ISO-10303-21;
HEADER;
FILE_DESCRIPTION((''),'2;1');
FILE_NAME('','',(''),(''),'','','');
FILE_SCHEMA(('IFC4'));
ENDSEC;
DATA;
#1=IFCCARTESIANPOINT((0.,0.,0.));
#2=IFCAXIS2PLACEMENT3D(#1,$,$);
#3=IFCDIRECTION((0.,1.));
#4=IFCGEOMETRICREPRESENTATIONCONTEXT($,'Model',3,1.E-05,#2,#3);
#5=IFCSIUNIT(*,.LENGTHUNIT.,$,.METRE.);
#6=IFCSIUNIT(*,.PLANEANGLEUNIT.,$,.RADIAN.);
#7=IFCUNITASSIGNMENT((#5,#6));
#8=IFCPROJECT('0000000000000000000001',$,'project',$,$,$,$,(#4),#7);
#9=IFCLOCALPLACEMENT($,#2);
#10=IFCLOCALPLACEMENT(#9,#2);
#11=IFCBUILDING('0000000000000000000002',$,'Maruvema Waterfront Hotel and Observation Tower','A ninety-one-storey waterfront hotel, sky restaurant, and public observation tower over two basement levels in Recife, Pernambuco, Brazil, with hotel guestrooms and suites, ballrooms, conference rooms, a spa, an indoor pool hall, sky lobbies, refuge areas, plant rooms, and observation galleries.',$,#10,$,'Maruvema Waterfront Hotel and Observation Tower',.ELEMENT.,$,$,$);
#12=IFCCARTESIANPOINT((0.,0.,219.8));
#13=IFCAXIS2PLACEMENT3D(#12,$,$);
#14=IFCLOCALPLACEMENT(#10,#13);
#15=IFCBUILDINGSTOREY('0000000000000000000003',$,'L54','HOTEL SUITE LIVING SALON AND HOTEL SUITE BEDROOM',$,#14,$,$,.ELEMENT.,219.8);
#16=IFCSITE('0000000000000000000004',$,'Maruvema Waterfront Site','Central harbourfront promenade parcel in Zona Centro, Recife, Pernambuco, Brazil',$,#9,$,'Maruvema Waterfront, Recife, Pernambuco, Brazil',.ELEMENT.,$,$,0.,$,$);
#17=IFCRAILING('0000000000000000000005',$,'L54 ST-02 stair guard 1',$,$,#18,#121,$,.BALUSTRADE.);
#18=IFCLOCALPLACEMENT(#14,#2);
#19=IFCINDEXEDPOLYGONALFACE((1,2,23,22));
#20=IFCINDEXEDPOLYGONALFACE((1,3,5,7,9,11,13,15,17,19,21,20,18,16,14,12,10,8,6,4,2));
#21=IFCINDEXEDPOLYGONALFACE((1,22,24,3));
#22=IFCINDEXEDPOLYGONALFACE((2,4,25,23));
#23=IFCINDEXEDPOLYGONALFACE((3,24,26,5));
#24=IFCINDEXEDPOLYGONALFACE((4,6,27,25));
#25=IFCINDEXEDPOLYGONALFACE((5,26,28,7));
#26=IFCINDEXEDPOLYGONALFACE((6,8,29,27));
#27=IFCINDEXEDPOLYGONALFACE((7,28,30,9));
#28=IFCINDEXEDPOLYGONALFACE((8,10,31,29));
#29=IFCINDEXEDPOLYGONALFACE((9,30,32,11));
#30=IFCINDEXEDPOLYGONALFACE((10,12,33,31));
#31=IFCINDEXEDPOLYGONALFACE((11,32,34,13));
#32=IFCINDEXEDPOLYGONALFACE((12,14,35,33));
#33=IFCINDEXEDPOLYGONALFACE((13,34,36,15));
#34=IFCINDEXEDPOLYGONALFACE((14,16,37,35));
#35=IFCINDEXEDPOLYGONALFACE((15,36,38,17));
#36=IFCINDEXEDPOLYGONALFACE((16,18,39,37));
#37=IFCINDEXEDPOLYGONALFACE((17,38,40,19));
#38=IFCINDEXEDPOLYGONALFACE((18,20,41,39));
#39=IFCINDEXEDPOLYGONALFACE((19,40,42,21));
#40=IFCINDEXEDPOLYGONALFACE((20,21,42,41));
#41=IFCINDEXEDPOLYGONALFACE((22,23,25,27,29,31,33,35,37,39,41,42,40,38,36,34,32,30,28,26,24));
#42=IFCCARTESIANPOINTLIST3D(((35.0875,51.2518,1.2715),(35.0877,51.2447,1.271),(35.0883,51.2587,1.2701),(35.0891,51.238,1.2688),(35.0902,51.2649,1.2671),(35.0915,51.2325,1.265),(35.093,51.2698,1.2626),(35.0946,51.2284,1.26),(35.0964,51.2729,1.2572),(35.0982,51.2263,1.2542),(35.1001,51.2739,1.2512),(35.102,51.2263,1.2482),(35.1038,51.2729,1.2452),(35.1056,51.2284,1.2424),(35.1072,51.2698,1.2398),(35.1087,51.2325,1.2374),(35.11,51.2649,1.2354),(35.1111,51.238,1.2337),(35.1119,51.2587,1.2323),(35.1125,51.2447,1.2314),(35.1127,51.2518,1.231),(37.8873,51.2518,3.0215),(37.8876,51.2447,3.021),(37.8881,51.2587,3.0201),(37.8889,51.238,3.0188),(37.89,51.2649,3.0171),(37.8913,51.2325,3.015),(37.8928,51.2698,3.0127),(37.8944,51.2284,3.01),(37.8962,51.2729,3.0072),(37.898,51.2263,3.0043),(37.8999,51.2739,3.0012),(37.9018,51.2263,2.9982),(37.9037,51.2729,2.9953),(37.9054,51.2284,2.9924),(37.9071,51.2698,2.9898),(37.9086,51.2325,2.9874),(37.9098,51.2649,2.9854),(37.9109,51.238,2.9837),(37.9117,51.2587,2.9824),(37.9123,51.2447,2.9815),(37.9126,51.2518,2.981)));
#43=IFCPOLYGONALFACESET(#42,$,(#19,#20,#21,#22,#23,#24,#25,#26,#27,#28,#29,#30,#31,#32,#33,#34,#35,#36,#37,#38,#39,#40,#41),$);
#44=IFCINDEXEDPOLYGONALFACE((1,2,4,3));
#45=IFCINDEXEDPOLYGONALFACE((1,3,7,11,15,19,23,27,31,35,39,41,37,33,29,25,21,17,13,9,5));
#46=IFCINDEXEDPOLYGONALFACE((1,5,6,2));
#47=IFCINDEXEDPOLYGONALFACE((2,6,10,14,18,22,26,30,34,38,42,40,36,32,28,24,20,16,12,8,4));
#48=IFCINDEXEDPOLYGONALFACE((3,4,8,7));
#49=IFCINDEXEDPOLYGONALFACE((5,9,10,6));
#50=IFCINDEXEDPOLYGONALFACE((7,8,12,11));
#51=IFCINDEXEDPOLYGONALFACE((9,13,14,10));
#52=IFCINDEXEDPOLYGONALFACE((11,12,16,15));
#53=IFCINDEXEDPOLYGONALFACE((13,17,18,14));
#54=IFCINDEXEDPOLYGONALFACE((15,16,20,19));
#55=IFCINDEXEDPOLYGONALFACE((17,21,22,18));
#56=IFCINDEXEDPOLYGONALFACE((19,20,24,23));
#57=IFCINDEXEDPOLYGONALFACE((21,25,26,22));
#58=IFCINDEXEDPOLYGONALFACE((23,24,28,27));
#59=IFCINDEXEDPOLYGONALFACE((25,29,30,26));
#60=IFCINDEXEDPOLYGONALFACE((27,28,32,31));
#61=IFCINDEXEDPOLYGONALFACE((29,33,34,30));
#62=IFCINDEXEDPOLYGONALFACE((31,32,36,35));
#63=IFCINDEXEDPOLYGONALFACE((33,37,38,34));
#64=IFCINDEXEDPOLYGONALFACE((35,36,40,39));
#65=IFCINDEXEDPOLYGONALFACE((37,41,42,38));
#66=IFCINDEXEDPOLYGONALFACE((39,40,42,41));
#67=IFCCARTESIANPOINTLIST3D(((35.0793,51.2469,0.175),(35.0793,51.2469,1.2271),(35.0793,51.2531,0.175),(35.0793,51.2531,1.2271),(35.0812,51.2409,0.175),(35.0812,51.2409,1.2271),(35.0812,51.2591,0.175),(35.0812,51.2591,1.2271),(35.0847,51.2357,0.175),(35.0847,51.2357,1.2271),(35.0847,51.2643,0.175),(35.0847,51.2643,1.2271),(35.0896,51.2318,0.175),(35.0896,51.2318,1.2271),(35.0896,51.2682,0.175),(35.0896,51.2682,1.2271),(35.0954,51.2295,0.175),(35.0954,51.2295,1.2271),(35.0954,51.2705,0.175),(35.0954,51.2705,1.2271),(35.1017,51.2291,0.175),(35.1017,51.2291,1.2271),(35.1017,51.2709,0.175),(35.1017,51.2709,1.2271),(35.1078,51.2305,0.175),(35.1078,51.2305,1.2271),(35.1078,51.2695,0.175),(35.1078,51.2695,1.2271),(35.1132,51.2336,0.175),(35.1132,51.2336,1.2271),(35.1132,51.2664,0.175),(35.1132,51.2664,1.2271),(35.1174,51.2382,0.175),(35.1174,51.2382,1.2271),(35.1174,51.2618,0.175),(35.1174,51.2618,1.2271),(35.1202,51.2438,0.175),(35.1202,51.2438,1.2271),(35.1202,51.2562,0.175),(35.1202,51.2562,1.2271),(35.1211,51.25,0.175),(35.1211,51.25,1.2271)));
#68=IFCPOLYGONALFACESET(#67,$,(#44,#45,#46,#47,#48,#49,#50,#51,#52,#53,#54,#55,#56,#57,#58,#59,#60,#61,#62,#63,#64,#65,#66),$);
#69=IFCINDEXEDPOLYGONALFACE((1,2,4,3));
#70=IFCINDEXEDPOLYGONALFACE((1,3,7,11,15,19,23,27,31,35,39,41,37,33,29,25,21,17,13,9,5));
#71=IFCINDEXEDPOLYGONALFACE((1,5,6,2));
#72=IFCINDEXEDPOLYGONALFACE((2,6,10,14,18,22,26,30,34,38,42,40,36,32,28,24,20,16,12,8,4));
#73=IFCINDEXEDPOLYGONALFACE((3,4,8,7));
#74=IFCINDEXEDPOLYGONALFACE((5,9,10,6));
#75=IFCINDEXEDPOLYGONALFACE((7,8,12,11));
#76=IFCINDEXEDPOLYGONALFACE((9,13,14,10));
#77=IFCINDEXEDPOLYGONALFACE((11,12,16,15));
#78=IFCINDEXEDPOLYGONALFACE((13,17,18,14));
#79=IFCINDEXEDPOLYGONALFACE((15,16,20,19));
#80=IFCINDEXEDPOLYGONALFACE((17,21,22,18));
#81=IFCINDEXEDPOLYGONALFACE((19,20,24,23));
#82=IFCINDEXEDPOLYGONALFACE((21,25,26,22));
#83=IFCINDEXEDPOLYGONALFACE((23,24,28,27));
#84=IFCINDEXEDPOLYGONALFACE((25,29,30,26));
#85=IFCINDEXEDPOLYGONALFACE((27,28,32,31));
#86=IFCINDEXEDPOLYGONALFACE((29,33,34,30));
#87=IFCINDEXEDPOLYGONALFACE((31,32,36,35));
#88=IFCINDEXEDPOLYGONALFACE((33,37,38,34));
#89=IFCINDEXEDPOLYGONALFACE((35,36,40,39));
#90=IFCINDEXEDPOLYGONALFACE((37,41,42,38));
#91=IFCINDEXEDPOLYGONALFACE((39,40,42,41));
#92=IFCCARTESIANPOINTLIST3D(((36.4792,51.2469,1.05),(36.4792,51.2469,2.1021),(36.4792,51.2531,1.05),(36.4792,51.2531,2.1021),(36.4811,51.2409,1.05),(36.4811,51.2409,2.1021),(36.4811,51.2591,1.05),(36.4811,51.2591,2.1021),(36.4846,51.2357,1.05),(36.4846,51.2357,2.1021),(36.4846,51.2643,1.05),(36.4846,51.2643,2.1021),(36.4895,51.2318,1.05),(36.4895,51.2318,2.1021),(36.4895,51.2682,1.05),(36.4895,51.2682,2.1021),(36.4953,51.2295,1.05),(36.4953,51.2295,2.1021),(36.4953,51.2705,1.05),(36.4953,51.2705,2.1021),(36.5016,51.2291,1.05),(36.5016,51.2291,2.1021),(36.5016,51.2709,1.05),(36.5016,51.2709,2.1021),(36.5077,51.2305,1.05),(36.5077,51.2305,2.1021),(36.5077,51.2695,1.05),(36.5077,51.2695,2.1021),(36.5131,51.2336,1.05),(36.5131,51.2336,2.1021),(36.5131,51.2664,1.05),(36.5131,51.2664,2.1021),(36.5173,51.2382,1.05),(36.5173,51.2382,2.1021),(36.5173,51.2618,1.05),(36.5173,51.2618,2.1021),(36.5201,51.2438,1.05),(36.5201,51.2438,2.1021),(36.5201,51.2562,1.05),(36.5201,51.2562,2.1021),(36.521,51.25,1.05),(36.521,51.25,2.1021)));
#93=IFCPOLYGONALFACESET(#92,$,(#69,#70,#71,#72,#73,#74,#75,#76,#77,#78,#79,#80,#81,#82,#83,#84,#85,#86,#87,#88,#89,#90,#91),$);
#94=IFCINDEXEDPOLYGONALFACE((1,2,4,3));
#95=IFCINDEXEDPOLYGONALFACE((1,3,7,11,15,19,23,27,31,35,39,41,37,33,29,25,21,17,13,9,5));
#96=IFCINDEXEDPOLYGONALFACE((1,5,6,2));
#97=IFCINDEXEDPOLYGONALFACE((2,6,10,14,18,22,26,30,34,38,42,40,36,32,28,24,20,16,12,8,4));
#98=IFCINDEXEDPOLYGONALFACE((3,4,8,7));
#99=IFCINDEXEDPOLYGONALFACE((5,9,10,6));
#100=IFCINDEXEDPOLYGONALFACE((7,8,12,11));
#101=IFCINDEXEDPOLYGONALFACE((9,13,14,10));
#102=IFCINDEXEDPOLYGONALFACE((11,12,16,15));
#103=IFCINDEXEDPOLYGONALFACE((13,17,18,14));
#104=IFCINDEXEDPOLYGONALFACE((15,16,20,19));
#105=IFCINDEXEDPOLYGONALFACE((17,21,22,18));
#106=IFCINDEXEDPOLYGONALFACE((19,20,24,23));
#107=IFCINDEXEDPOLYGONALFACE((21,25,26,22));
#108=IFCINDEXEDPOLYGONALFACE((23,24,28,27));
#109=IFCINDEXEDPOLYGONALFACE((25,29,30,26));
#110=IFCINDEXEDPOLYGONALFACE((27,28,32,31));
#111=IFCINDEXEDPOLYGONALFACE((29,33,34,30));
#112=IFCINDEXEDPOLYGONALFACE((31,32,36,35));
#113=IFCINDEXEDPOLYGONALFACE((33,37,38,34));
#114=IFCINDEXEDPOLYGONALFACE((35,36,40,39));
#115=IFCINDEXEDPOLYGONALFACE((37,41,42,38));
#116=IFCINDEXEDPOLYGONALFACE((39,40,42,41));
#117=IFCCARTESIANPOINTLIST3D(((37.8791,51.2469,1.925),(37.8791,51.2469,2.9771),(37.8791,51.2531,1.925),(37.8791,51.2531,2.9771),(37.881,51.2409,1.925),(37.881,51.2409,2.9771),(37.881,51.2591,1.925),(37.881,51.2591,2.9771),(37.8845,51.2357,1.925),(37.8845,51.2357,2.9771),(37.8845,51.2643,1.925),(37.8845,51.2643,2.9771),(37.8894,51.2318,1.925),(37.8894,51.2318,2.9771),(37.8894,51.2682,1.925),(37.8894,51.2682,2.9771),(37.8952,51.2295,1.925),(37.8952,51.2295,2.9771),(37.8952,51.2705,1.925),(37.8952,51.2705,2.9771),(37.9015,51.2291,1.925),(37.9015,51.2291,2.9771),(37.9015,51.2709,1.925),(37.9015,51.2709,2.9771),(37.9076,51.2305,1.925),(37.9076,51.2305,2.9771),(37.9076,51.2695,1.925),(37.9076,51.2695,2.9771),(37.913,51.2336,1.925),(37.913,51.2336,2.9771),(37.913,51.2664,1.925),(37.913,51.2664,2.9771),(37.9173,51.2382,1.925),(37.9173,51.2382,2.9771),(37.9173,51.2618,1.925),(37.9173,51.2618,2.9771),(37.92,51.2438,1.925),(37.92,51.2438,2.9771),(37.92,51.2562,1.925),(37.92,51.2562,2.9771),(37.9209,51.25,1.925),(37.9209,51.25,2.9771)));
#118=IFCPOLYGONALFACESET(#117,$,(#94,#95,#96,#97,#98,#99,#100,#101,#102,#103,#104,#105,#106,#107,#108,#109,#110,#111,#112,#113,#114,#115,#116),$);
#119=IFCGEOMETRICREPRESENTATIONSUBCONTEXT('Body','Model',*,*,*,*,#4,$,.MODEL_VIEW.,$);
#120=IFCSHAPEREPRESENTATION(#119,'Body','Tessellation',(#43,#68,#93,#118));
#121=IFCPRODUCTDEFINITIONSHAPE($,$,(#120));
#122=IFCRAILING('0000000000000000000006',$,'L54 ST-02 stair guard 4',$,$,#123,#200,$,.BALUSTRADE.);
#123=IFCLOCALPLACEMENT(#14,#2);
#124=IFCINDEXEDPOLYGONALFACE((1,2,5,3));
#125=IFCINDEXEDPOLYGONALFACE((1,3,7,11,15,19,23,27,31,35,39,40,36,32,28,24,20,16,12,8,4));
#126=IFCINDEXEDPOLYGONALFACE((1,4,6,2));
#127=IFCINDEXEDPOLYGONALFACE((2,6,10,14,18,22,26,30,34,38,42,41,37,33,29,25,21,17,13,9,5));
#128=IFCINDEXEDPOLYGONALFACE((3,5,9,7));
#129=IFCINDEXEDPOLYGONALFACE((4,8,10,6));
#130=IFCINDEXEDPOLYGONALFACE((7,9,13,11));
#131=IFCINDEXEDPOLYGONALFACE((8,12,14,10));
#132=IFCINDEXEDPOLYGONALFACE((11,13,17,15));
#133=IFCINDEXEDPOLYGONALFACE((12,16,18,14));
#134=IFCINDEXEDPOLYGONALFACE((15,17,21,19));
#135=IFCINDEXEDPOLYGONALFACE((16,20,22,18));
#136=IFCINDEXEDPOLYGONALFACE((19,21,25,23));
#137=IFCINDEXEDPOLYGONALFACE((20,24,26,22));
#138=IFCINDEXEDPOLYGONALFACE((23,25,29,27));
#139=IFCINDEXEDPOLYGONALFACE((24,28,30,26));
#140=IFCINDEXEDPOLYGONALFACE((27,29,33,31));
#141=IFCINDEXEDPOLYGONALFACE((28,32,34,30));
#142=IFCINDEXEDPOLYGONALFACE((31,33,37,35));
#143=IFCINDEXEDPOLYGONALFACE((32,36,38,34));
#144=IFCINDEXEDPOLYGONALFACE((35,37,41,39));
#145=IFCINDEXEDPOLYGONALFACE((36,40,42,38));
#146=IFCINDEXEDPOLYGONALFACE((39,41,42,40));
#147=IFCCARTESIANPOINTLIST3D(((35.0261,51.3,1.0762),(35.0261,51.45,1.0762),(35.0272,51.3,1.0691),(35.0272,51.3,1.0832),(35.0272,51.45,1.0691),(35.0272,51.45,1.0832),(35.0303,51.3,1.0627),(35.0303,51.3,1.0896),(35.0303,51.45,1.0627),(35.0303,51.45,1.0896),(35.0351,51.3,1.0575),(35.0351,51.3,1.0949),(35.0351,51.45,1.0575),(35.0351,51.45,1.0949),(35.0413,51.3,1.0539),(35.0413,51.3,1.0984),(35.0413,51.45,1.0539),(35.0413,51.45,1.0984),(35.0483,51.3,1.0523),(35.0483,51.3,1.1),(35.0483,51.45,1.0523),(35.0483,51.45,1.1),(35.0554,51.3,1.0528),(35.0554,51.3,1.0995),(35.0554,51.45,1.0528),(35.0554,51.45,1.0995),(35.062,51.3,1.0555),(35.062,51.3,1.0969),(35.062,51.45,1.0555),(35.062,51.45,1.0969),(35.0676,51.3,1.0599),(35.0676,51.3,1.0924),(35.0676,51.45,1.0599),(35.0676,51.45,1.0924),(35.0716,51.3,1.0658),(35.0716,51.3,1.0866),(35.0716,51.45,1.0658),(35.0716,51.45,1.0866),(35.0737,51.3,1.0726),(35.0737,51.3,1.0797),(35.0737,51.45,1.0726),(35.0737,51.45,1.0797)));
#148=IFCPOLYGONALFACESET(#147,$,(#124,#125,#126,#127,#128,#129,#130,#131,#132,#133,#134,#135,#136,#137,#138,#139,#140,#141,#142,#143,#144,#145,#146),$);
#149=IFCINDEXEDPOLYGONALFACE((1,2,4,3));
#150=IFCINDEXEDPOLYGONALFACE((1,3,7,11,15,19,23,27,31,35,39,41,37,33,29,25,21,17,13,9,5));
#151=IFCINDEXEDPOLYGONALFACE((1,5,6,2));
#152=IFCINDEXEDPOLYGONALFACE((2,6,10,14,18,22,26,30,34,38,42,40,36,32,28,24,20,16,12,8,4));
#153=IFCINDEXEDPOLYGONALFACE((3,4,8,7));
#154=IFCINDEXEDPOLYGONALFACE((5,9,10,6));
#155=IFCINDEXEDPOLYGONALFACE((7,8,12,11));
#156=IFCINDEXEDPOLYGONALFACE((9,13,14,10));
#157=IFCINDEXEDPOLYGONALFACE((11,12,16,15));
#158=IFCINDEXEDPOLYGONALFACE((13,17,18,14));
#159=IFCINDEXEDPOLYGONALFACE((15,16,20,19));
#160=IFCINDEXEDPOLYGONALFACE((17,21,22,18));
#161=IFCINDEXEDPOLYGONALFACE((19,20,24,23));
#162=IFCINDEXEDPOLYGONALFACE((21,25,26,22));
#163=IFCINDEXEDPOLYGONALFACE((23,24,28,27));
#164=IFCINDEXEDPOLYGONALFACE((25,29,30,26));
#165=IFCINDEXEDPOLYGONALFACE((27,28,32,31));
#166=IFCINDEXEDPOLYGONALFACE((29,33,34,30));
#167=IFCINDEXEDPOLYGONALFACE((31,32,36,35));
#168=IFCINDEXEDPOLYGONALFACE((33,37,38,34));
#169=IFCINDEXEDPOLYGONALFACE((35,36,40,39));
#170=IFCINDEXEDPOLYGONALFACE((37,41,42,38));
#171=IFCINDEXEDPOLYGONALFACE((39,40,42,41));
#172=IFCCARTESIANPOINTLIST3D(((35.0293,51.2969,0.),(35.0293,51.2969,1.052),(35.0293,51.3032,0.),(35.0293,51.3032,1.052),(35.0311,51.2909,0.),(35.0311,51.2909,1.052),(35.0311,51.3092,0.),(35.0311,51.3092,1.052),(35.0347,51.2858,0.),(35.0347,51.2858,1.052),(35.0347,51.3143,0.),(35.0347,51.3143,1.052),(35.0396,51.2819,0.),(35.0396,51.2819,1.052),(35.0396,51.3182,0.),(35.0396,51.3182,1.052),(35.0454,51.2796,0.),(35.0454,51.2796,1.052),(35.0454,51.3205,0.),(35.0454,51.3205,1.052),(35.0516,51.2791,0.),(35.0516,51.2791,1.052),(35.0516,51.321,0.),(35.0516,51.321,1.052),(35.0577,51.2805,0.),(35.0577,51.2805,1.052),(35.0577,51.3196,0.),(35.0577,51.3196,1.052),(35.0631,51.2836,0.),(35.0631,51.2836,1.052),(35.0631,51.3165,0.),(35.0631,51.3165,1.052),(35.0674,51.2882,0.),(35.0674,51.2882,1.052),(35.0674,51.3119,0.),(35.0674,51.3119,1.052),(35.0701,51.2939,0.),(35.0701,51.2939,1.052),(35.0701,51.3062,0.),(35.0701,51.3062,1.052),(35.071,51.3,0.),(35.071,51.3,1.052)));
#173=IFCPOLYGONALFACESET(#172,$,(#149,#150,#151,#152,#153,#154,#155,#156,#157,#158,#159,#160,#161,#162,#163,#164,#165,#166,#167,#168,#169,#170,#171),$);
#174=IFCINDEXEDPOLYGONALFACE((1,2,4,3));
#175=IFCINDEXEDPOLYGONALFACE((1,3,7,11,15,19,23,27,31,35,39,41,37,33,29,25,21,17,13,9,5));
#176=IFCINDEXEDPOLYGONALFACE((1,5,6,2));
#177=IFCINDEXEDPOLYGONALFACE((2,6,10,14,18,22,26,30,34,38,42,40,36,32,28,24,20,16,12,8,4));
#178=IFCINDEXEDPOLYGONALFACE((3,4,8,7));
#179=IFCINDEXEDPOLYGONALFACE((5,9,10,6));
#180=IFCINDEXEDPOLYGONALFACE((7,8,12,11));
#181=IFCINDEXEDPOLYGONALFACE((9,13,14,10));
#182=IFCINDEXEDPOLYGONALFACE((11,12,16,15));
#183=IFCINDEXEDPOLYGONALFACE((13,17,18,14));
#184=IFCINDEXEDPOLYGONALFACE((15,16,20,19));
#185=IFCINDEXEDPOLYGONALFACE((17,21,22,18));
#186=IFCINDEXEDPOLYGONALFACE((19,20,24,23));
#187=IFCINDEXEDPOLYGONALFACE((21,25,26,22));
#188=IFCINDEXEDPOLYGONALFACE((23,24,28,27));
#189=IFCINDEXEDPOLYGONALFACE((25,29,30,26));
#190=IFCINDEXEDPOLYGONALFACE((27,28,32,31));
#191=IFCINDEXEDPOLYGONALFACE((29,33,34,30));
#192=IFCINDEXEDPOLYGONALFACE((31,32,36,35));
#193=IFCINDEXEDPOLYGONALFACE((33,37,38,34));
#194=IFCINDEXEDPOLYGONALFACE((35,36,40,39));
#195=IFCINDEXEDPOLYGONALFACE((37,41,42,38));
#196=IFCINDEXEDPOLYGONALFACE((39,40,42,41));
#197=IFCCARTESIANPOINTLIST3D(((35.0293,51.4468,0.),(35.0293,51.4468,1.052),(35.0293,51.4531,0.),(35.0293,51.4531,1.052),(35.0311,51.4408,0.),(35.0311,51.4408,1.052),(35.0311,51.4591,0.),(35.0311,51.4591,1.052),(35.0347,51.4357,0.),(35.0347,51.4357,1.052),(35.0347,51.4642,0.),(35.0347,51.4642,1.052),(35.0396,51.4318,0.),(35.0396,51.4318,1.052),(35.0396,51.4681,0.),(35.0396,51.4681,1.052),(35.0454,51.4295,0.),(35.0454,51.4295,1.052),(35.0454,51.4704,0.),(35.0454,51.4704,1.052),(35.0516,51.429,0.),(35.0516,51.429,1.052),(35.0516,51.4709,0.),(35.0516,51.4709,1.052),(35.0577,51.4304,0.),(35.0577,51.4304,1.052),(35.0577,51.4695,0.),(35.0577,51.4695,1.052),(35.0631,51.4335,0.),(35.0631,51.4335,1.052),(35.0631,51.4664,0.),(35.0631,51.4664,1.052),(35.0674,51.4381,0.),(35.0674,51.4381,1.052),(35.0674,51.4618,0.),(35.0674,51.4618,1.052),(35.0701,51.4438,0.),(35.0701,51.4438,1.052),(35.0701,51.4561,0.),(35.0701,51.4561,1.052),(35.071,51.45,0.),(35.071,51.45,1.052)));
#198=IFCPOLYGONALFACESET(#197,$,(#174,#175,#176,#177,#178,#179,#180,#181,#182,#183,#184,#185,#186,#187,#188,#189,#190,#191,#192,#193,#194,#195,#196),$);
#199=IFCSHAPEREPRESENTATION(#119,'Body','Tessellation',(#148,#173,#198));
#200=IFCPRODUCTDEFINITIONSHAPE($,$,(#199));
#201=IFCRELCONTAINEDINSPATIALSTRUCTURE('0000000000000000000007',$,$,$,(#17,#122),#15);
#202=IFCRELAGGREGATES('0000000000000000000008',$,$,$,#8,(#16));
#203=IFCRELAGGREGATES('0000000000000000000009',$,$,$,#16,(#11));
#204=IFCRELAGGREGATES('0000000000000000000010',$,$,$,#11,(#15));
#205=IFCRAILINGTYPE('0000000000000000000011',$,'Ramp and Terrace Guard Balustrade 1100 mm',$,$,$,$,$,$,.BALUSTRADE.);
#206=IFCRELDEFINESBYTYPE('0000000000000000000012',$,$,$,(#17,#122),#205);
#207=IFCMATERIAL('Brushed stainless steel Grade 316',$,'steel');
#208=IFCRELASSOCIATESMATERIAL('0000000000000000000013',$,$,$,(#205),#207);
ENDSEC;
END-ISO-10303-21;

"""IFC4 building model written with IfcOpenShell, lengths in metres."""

from ifc_helpers import new_model, si_unit, direction, frame, origin, origin_2d, place, context, subcontext, project, spatial, circle, extrude, material, type_object, element, save


model = new_model("IFC4")

# Units and contexts
model_context = context("Model", 3, precision=1e-05, world=origin(), true_north=direction((0.0, 1.0)))
body_context = subcontext(model_context, "Body", "Model", "MODEL_VIEW")
ifc_project = project(units=[si_unit("LENGTHUNIT", "METRE"), si_unit("PLANEANGLEUNIT", "RADIAN")], contexts=[model_context])

# Site, building, storey
site_placement = place(None, origin())
site = spatial("IfcSite", under=ifc_project, at=site_placement, Name="Maruvema Waterfront Site", Description="Central harbourfront promenade parcel in Zona Centro, Recife, Pernambuco, Brazil", LongName="Maruvema Waterfront, Recife, Pernambuco, Brazil", CompositionType="ELEMENT", RefElevation=0.0)
building_placement = place(site_placement, origin())
building = spatial("IfcBuilding", under=site, at=building_placement, Name="Maruvema Waterfront Hotel and Observation Tower", Description="A ninety-one-storey waterfront hotel, sky restaurant, and public observation tower over two basement levels in Recife, Pernambuco, Brazil, with hotel guestrooms and suites, ballrooms, conference rooms, a spa, an indoor pool hall, sky lobbies, refuge areas, plant rooms, and observation galleries.", LongName="Maruvema Waterfront Hotel and Observation Tower", CompositionType="ELEMENT")
storey_placement = place(building_placement, frame((0.0, 0.0, 219.8)))
storey = spatial("IfcBuildingStorey", under=building, at=storey_placement, Name="L54", Description="HOTEL SUITE LIVING SALON AND HOTEL SUITE BEDROOM", CompositionType="ELEMENT", Elevation=219.8)

# Railings
ifc_material_1 = material(Name="Brushed stainless steel Grade 316", Category="steel")
railing_type_1 = type_object("IfcRailingType", Name="Ramp and Terrace Guard Balustrade 1100 mm", PredefinedType="BALUSTRADE", material=ifc_material_1)
railing_1_placement = place(storey_placement, frame((35.1001, 51.25, 0.175)))
element("IfcRailing", 1, at=railing_1_placement, inside=storey, type_object=railing_type_1, Name="L54 ST-02 stair guard 1", PredefinedType="BALUSTRADE", context=body_context, shape_type="SweptSolid", body=[
    extrude(circle(Radius=0.0239, at=origin_2d()), frame((0.0, 0.0, 1.0762), z_axis=(0.847982, 0.0, 0.530026), x_axis=(0.0, 1.0, 0.0)), (0.0, 0.0, 1.0), 3.3018),
    extrude(circle(Radius=0.021, at=origin_2d()), origin(), (0.0, 0.0, 1.0), 1.052),
    extrude(circle(Radius=0.021, at=origin_2d()), frame((1.3999, 0.0, 0.875)), (0.0, 0.0, 1.0), 1.052),
    extrude(circle(Radius=0.021, at=origin_2d()), frame((2.7998, 0.0, 1.75)), (0.0, 0.0, 1.0), 1.052),
])
railing_2_placement = place(storey_placement, frame((35.05, 51.3, 0.0)))
element("IfcRailing", 2, at=railing_2_placement, inside=storey, type_object=railing_type_1, Name="L54 ST-02 stair guard 4", PredefinedType="BALUSTRADE", context=body_context, shape_type="SweptSolid", body=[
    extrude(circle(Radius=0.0239, at=origin_2d()), frame((0.0, 0.0, 1.0762), z_axis=(0.0, 1.0, 0.0), x_axis=(-1.0, 0.0, 0.0)), (0.0, 0.0, 1.0), 0.1499),
    extrude(circle(Radius=0.021, at=origin_2d()), origin(), (0.0, 0.0, 1.0), 1.052),
    extrude(circle(Radius=0.021, at=origin_2d()), frame((0.0, 0.1499, 0.0)), (0.0, 0.0, 1.0), 1.052),
])

save(model, "model.ifc")
